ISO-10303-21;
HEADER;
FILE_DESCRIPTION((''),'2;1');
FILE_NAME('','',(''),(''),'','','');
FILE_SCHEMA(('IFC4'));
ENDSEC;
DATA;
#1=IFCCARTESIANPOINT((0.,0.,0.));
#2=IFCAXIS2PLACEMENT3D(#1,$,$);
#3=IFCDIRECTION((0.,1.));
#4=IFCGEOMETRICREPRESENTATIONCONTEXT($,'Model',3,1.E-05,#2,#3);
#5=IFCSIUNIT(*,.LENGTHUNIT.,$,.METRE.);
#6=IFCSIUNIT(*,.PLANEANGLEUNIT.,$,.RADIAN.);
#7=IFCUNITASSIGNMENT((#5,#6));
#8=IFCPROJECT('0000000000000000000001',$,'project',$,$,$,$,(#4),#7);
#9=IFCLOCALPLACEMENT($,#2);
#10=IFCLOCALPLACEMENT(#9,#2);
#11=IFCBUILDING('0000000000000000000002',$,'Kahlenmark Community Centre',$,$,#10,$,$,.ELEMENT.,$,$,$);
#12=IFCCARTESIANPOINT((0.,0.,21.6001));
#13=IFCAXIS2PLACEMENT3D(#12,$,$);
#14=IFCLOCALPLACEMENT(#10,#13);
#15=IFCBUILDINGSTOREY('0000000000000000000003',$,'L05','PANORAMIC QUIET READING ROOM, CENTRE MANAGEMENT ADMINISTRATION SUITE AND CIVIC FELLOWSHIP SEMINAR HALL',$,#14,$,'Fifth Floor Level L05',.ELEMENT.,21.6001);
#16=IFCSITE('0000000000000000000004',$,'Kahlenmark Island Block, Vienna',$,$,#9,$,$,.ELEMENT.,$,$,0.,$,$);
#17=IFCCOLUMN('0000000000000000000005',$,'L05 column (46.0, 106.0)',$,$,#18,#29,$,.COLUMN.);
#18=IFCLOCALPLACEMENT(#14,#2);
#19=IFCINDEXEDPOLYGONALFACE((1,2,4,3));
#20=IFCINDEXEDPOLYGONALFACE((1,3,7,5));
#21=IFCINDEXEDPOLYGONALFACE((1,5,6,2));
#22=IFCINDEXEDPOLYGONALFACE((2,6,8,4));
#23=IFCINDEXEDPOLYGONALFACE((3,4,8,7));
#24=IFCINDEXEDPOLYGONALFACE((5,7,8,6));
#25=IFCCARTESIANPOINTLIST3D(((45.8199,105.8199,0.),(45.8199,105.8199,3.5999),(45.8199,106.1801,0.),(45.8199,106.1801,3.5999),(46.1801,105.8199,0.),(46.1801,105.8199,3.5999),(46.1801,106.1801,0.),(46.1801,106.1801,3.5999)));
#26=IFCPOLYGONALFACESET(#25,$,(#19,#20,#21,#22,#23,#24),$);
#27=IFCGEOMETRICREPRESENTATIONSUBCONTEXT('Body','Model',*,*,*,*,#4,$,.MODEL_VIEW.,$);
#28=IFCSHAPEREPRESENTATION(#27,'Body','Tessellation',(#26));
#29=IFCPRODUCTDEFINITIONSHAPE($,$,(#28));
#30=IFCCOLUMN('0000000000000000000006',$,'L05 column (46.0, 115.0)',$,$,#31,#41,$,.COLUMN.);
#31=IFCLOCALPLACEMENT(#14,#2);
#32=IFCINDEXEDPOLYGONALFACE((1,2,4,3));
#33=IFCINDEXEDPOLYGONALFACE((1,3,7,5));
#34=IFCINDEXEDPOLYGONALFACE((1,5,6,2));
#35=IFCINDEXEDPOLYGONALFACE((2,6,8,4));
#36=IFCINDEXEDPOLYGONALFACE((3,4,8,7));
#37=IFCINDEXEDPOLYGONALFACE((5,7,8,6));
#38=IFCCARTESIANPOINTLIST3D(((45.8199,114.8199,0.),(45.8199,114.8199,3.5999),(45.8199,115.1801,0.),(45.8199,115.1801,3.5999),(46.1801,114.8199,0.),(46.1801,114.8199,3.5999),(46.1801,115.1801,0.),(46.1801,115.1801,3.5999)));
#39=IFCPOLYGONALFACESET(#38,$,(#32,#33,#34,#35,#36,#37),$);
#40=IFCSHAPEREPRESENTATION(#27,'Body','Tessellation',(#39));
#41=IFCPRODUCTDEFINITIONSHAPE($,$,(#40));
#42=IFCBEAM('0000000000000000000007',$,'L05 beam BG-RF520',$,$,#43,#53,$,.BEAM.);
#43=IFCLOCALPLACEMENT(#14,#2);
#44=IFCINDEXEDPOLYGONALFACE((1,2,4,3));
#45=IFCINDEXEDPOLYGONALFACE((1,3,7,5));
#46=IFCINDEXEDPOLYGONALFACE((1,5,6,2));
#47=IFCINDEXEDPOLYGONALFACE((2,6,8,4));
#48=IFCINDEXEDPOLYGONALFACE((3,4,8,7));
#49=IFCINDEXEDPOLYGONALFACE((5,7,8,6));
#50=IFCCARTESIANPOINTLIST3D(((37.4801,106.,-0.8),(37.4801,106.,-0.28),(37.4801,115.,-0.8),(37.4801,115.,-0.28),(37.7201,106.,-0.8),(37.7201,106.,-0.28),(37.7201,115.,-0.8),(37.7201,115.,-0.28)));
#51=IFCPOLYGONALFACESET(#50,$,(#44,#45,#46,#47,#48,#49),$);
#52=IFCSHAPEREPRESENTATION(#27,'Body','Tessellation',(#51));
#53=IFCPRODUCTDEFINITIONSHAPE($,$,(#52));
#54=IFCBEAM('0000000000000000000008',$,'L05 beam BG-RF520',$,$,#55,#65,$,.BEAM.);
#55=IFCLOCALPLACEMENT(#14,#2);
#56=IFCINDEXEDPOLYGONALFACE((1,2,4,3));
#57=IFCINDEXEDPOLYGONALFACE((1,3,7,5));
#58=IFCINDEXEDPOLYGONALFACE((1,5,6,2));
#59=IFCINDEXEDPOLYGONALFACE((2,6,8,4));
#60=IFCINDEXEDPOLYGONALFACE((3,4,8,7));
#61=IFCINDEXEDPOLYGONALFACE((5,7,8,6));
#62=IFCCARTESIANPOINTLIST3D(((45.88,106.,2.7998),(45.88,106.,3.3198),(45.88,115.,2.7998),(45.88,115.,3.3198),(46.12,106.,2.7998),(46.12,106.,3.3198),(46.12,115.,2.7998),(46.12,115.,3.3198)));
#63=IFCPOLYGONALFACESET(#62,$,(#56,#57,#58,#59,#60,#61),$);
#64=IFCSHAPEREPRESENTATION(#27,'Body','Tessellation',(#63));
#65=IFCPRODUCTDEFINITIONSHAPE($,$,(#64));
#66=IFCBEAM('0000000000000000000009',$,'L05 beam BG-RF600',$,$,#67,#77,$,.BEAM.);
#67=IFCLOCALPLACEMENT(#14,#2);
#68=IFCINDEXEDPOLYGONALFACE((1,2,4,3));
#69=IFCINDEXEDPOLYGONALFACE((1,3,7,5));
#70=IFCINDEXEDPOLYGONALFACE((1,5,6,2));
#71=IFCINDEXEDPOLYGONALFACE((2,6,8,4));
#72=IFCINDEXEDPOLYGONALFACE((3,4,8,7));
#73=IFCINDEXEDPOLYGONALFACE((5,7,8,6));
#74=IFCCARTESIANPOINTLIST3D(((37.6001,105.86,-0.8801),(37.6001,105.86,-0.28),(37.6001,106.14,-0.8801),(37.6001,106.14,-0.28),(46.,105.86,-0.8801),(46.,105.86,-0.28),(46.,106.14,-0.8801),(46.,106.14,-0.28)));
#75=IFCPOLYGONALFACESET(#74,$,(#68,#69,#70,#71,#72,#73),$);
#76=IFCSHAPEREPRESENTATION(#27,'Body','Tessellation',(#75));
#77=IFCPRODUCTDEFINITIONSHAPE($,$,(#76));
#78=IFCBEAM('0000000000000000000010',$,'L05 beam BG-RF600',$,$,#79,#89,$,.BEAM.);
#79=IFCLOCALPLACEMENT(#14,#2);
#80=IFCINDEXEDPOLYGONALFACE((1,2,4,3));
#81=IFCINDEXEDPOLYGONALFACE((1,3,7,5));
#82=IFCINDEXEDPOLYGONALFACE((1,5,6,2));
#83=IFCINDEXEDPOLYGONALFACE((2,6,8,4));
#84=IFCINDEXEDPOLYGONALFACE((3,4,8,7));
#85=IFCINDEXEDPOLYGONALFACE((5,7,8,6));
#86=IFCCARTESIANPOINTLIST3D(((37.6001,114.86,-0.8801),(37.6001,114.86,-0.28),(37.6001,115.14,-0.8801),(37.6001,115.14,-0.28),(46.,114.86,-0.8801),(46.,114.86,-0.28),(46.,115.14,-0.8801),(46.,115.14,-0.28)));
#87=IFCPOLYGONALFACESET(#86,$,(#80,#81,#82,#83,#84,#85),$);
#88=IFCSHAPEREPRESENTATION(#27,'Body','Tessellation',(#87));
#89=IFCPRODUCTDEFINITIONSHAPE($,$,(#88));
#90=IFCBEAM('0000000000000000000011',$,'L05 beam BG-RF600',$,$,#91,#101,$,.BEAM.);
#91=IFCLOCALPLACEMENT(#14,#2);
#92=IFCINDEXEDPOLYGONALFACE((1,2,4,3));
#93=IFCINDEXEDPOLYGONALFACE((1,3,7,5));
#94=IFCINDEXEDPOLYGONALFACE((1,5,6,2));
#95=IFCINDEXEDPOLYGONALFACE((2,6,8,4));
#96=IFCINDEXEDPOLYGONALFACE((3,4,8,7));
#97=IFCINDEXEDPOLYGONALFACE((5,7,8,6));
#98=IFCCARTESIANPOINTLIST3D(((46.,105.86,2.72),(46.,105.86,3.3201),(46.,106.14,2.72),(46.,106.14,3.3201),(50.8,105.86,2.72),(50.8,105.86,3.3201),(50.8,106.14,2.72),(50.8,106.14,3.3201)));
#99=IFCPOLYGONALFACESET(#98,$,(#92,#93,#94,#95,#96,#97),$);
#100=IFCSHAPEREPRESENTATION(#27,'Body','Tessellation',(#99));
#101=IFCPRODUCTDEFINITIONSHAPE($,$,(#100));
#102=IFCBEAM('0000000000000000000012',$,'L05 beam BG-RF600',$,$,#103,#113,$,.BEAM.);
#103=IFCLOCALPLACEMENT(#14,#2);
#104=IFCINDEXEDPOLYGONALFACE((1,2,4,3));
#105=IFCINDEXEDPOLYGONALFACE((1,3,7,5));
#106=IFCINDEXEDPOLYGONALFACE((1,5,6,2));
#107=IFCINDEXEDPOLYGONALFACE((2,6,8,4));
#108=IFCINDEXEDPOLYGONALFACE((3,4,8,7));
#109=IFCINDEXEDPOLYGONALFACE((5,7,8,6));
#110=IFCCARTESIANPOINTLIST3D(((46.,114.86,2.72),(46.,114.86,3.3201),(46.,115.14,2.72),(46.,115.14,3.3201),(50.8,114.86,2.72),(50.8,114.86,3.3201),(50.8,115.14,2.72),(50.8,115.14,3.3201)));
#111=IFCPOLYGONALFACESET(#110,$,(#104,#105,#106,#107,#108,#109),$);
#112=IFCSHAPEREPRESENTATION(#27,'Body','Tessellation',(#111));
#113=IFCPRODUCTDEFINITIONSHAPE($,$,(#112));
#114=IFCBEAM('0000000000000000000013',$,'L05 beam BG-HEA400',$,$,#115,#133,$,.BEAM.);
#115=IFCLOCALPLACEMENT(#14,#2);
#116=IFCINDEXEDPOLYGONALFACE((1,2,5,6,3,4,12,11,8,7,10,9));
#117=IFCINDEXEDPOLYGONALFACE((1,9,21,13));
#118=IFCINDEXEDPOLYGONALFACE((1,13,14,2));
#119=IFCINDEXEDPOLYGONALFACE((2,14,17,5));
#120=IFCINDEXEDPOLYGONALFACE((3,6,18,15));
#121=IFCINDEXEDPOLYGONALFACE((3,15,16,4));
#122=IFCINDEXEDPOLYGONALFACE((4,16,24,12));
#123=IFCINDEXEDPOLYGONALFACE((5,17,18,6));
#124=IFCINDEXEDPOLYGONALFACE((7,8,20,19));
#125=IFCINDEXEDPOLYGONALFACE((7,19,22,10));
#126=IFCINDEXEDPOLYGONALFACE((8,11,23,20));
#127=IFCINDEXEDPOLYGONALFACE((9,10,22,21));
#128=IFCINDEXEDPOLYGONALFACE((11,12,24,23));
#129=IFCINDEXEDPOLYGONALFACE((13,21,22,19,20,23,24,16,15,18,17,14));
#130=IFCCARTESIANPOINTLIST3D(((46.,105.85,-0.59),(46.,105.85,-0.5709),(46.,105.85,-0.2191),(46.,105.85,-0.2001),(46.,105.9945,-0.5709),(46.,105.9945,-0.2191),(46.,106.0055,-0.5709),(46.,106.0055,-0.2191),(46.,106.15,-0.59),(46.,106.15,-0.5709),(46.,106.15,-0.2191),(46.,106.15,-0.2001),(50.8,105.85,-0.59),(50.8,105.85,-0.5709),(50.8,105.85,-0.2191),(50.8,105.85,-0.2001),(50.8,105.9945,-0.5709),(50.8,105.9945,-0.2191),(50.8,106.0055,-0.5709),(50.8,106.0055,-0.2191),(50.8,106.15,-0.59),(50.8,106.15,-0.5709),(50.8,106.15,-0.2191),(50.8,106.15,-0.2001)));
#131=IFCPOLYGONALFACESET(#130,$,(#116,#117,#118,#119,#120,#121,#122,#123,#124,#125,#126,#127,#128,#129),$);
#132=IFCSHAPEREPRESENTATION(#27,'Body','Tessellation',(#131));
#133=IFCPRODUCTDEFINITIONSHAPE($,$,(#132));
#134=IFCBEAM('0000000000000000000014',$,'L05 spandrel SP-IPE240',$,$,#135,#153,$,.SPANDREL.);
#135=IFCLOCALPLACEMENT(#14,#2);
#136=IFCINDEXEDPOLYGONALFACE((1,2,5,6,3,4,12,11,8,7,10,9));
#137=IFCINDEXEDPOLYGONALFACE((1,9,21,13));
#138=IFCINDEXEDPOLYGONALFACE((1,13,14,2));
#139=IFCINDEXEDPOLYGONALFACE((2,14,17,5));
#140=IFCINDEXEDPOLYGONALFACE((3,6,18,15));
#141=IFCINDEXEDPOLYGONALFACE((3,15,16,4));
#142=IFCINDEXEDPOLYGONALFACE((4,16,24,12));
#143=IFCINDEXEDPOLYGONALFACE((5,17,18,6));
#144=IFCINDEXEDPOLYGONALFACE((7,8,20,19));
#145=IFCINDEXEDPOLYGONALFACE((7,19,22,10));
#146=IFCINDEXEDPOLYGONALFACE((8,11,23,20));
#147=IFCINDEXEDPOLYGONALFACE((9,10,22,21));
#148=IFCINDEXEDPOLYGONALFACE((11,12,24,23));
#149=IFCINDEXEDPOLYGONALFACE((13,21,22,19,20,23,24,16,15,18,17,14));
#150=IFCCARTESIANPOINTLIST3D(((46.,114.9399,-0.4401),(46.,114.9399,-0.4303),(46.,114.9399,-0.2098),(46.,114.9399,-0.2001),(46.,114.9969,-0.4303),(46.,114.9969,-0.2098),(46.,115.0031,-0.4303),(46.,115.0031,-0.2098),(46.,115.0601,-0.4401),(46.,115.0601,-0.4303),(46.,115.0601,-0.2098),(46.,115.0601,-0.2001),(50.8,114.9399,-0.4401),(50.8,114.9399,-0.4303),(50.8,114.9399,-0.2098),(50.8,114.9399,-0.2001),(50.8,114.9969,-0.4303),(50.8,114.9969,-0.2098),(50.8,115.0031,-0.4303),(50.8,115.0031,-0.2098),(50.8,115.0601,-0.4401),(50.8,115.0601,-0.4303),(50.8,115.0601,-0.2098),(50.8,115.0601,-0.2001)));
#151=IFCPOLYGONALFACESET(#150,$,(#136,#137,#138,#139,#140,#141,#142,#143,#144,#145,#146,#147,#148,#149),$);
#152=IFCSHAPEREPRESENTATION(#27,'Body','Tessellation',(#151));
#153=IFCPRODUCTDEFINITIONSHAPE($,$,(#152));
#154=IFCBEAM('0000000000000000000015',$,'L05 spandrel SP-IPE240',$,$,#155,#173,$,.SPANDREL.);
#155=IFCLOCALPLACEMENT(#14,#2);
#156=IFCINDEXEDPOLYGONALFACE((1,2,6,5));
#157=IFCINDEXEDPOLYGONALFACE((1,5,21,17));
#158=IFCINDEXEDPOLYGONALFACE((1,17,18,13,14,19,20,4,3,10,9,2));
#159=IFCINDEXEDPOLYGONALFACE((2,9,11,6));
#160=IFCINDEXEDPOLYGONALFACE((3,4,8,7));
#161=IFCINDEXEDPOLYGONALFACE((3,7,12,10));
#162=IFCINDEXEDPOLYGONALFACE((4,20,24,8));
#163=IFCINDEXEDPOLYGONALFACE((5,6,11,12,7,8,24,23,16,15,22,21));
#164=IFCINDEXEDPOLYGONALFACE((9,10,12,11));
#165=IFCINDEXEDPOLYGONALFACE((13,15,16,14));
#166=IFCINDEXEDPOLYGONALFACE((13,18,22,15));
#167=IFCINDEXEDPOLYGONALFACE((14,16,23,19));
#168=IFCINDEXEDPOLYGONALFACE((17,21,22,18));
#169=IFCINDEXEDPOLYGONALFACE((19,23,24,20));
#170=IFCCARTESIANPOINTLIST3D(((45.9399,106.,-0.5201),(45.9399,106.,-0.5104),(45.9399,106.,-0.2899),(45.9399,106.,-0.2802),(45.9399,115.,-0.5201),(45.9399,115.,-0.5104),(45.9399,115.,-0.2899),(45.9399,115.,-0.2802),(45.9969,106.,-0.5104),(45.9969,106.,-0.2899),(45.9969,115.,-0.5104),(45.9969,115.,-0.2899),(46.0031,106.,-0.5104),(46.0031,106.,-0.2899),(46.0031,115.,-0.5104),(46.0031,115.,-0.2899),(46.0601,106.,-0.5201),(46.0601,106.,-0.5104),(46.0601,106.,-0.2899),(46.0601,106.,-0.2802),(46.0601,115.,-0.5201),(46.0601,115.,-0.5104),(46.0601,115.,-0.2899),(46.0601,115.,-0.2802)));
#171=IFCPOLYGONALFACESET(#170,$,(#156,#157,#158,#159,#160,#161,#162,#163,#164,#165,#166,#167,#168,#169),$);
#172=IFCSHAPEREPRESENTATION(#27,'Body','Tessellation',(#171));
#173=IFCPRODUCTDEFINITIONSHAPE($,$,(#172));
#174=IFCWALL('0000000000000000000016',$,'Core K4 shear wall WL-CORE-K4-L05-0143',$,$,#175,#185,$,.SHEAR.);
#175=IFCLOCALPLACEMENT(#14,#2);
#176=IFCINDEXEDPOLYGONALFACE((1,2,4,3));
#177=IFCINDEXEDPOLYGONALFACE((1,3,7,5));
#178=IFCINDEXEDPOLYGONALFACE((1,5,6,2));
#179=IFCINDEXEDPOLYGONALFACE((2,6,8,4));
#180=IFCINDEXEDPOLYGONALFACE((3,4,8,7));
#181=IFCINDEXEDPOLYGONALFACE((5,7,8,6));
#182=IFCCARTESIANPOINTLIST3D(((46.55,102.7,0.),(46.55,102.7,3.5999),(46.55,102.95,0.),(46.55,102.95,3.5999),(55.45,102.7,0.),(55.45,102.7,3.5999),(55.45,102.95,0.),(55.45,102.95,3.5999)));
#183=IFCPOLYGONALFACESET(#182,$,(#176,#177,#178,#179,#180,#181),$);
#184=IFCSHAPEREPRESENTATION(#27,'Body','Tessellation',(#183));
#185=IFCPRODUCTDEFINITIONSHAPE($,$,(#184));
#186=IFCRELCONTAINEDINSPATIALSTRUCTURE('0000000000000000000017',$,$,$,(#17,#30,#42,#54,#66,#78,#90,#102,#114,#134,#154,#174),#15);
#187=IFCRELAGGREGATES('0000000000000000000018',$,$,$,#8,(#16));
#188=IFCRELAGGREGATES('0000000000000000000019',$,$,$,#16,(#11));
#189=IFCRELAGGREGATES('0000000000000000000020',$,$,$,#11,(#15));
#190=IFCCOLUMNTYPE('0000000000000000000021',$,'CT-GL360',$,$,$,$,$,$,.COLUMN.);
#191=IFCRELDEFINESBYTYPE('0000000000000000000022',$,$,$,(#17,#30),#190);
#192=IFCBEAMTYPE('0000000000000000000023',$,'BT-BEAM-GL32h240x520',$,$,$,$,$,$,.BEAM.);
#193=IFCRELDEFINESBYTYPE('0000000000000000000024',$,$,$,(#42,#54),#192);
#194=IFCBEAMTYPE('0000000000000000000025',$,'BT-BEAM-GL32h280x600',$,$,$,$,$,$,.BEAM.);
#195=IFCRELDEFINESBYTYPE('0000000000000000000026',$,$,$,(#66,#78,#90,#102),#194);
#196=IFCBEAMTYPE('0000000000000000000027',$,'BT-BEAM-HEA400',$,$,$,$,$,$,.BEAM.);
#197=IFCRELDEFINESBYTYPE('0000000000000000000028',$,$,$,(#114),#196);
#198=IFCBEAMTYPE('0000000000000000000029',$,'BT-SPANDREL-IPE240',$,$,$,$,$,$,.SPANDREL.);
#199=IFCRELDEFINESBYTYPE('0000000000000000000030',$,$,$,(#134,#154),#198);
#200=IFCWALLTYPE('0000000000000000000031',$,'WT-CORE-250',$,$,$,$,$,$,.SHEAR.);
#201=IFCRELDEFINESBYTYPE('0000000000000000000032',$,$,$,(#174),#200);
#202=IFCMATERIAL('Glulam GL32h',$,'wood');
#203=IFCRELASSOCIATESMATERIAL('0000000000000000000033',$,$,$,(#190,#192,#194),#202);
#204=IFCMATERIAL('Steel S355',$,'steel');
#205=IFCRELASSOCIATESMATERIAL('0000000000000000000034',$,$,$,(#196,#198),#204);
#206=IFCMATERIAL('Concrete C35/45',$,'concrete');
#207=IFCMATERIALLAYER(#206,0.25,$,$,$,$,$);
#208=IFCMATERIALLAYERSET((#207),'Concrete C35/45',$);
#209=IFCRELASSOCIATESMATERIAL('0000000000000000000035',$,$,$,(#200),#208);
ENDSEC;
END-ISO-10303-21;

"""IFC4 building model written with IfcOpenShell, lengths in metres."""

from ifc_helpers import new_model, si_unit, direction, frame, frame_2d, origin, origin_2d, place, context, subcontext, project, spatial, rectangle, i_section, extrude, material, layer, layer_set, material_profile, profile_set, type_object, element, save


model = new_model("IFC4")

# Units and contexts
model_context = context("Model", 3, precision=1e-05, world=origin(), true_north=direction((0.0, 1.0)))
body_context = subcontext(model_context, "Body", "Model", "MODEL_VIEW")
ifc_project = project(units=[si_unit("LENGTHUNIT", "METRE"), si_unit("PLANEANGLEUNIT", "RADIAN")], contexts=[model_context])

# Site, building, storey
site_placement = place(None, origin())
site = spatial("IfcSite", under=ifc_project, at=site_placement, Name="Kahlenmark Island Block, Vienna", CompositionType="ELEMENT", RefElevation=0.0)
building_placement = place(site_placement, origin())
building = spatial("IfcBuilding", under=site, at=building_placement, Name="Kahlenmark Community Centre", CompositionType="ELEMENT")
storey_placement = place(building_placement, frame((0.0, 0.0, 21.6001)))
storey = spatial("IfcBuildingStorey", under=building, at=storey_placement, Name="L05", Description="PANORAMIC QUIET READING ROOM, CENTRE MANAGEMENT ADMINISTRATION SUITE AND CIVIC FELLOWSHIP SEMINAR HALL", LongName="Fifth Floor Level L05", CompositionType="ELEMENT", Elevation=21.6001)

# Columns
ifc_material_1 = material(Name="Glulam GL32h", Category="wood")
ifc_material_profile_1 = material_profile(ifc_material_1, rectangle(XDim=0.3601, YDim=0.3601, at=origin_2d()), Name="GL32h 360x360")
ifc_profile_set_1 = profile_set([ifc_material_profile_1], Name="Glulam GL32h")
column_type = type_object("IfcColumnType", Name="CT-GL360", PredefinedType="COLUMN", material=ifc_profile_set_1)
for number, where, z_axis, x_axis, name in (
    (1, (46.0, 106.0, 0.0), (0.0, 0.0, 1.0), (1.0, 0.0, 0.0), "L05 column (46.0, 106.0)"),
    (2, (46.0, 115.0, 0.0), (0.0, 0.0, 1.0), (1.0, 0.0, 0.0), "L05 column (46.0, 115.0)"),
):
    element("IfcColumn", number, at=place(storey_placement, frame(where, z_axis=z_axis, x_axis=x_axis)), inside=storey, type_object=column_type, Name=name, PredefinedType="COLUMN", context=body_context, shape_type="SweptSolid", body=[
        extrude(rectangle(XDim=0.3601, YDim=0.3601, at=origin_2d()), origin(), (0.0, 0.0, 1.0), 3.5999),
    ])

# Beams
ifc_material_profile_2 = material_profile(ifc_material_1, rectangle(XDim=0.24, YDim=0.52, at=origin_2d()), Name="GL32h 240x520")
ifc_profile_set_2 = profile_set([ifc_material_profile_2], Name="Glulam GL32h")
beam_type_1 = type_object("IfcBeamType", Name="BT-BEAM-GL32h240x520", PredefinedType="BEAM", material=ifc_profile_set_2)
for number, where, z_axis, x_axis, name in (
    (3, (37.6001, 106.0, -0.54), (0.0, 1.0, 0.0), (-1.0, 0.0, 0.0), "L05 beam BG-RF520"),
    (4, (46.0, 106.0, 3.0598), (0.0, 1.0, 0.0), (-1.0, 0.0, 0.0), "L05 beam BG-RF520"),
):
    element("IfcBeam", number, at=place(storey_placement, frame(where, z_axis=z_axis, x_axis=x_axis)), inside=storey, type_object=beam_type_1, Name=name, PredefinedType="BEAM", context=body_context, shape_type="SweptSolid", body=[
        extrude(rectangle(XDim=0.24, YDim=0.52, at=origin_2d()), origin(), (0.0, 0.0, 1.0), 9.0),
    ])
ifc_material_profile_3 = material_profile(ifc_material_1, rectangle(XDim=0.28, YDim=0.6001, at=origin_2d()), Name="GL32h 280x600")
ifc_profile_set_3 = profile_set([ifc_material_profile_3], Name="Glulam GL32h")
beam_type_2 = type_object("IfcBeamType", Name="BT-BEAM-GL32h280x600", PredefinedType="BEAM", material=ifc_profile_set_3)
for number, where, z_axis, x_axis, name in (
    (5, (37.6001, 106.0, -0.5801), (1.0, 0.0, 0.0), (0.0, 1.0, 0.0), "L05 beam BG-RF600"),
    (6, (37.6001, 115.0, -0.5801), (1.0, 0.0, 0.0), (0.0, 1.0, 0.0), "L05 beam BG-RF600"),
):
    element("IfcBeam", number, at=place(storey_placement, frame(where, z_axis=z_axis, x_axis=x_axis)), inside=storey, type_object=beam_type_2, Name=name, PredefinedType="BEAM", context=body_context, shape_type="SweptSolid", body=[
        extrude(rectangle(XDim=0.28, YDim=0.6001, at=origin_2d()), origin(), (0.0, 0.0, 1.0), 8.3999),
    ])
for number, where, z_axis, x_axis, name in (
    (7, (46.0, 106.0, 3.02), (1.0, 0.0, 0.0), (0.0, 1.0, 0.0), "L05 beam BG-RF600"),
    (8, (46.0, 115.0, 3.02), (1.0, 0.0, 0.0), (0.0, 1.0, 0.0), "L05 beam BG-RF600"),
):
    element("IfcBeam", number, at=place(storey_placement, frame(where, z_axis=z_axis, x_axis=x_axis)), inside=storey, type_object=beam_type_2, Name=name, PredefinedType="BEAM", context=body_context, shape_type="SweptSolid", body=[
        extrude(rectangle(XDim=0.28, YDim=0.6001, at=origin_2d()), origin(), (0.0, 0.0, 1.0), 4.8),
    ])
ifc_material_2 = material(Name="Steel S355", Category="steel")
ifc_material_profile_4 = material_profile(ifc_material_2, i_section(OverallWidth=0.3, OverallDepth=0.3899, WebThickness=0.011, FlangeThickness=0.019, at=origin_2d()), Name="HEA 400")
ifc_profile_set_4 = profile_set([ifc_material_profile_4], Name="Steel S355")
beam_type_3 = type_object("IfcBeamType", Name="BT-BEAM-HEA400", PredefinedType="BEAM", material=ifc_profile_set_4)
beam_1_placement = place(storey_placement, frame((46.0, 106.0, -0.395), z_axis=(1.0, 0.0, 0.0), x_axis=(0.0, 1.0, 0.0)))
element("IfcBeam", 9, at=beam_1_placement, inside=storey, type_object=beam_type_3, Name="L05 beam BG-HEA400", PredefinedType="BEAM", context=body_context, shape_type="SweptSolid", body=[
    extrude(i_section(OverallWidth=0.3, OverallDepth=0.3899, WebThickness=0.011, FlangeThickness=0.019, at=origin_2d()), origin(), (0.0, 0.0, 1.0), 4.8),
])
ifc_material_profile_5 = material_profile(ifc_material_2, i_section(OverallWidth=0.1201, OverallDepth=0.24, WebThickness=0.0061, FlangeThickness=0.0098, at=origin_2d()), Name="IPE 240")
ifc_profile_set_5 = profile_set([ifc_material_profile_5], Name="Steel S355")
beam_type_4 = type_object("IfcBeamType", Name="BT-SPANDREL-IPE240", PredefinedType="SPANDREL", material=ifc_profile_set_5)
beam_2_placement = place(storey_placement, frame((46.0, 115.0, -0.3201), z_axis=(1.0, 0.0, 0.0), x_axis=(0.0, 1.0, 0.0)))
element("IfcBeam", 10, at=beam_2_placement, inside=storey, type_object=beam_type_4, Name="L05 spandrel SP-IPE240", PredefinedType="SPANDREL", context=body_context, shape_type="SweptSolid", body=[
    extrude(i_section(OverallWidth=0.1201, OverallDepth=0.24, WebThickness=0.0061, FlangeThickness=0.0098, at=origin_2d()), origin(), (0.0, 0.0, 1.0), 4.8),
])
beam_3_placement = place(storey_placement, frame((46.0, 106.0, -0.4001), z_axis=(0.0, 1.0, 0.0), x_axis=(-1.0, 0.0, 0.0)))
element("IfcBeam", 11, at=beam_3_placement, inside=storey, type_object=beam_type_4, Name="L05 spandrel SP-IPE240", PredefinedType="SPANDREL", context=body_context, shape_type="SweptSolid", body=[
    extrude(i_section(OverallWidth=0.1201, OverallDepth=0.24, WebThickness=0.0061, FlangeThickness=0.0098, at=origin_2d()), origin(), (0.0, 0.0, 1.0), 9.0),
])

# Wall
ifc_material_3 = material(Name="Concrete C35/45", Category="concrete")
ifc_layer_1 = layer(ifc_material_3, 0.25)
ifc_layer_set_1 = layer_set([ifc_layer_1], Name="Concrete C35/45")
wall_type_1 = type_object("IfcWallType", Name="WT-CORE-250", PredefinedType="SHEAR", material=ifc_layer_set_1)
wall_1_placement = place(storey_placement, frame((46.55, 102.825, 0.0), z_axis=(0.0, 0.0, 1.0), x_axis=(1.0, 0.0, 0.0)))
element("IfcWall", 12, at=wall_1_placement, inside=storey, type_object=wall_type_1, Name="Core K4 shear wall WL-CORE-K4-L05-0143", PredefinedType="SHEAR", context=body_context, shape_type="SweptSolid", body=[
    extrude(rectangle(XDim=8.8999, YDim=0.25, at=frame_2d((4.45, 0.0))), origin(), (0.0, 0.0, 1.0), 3.5999),
])

save(model, "model.ifc")
